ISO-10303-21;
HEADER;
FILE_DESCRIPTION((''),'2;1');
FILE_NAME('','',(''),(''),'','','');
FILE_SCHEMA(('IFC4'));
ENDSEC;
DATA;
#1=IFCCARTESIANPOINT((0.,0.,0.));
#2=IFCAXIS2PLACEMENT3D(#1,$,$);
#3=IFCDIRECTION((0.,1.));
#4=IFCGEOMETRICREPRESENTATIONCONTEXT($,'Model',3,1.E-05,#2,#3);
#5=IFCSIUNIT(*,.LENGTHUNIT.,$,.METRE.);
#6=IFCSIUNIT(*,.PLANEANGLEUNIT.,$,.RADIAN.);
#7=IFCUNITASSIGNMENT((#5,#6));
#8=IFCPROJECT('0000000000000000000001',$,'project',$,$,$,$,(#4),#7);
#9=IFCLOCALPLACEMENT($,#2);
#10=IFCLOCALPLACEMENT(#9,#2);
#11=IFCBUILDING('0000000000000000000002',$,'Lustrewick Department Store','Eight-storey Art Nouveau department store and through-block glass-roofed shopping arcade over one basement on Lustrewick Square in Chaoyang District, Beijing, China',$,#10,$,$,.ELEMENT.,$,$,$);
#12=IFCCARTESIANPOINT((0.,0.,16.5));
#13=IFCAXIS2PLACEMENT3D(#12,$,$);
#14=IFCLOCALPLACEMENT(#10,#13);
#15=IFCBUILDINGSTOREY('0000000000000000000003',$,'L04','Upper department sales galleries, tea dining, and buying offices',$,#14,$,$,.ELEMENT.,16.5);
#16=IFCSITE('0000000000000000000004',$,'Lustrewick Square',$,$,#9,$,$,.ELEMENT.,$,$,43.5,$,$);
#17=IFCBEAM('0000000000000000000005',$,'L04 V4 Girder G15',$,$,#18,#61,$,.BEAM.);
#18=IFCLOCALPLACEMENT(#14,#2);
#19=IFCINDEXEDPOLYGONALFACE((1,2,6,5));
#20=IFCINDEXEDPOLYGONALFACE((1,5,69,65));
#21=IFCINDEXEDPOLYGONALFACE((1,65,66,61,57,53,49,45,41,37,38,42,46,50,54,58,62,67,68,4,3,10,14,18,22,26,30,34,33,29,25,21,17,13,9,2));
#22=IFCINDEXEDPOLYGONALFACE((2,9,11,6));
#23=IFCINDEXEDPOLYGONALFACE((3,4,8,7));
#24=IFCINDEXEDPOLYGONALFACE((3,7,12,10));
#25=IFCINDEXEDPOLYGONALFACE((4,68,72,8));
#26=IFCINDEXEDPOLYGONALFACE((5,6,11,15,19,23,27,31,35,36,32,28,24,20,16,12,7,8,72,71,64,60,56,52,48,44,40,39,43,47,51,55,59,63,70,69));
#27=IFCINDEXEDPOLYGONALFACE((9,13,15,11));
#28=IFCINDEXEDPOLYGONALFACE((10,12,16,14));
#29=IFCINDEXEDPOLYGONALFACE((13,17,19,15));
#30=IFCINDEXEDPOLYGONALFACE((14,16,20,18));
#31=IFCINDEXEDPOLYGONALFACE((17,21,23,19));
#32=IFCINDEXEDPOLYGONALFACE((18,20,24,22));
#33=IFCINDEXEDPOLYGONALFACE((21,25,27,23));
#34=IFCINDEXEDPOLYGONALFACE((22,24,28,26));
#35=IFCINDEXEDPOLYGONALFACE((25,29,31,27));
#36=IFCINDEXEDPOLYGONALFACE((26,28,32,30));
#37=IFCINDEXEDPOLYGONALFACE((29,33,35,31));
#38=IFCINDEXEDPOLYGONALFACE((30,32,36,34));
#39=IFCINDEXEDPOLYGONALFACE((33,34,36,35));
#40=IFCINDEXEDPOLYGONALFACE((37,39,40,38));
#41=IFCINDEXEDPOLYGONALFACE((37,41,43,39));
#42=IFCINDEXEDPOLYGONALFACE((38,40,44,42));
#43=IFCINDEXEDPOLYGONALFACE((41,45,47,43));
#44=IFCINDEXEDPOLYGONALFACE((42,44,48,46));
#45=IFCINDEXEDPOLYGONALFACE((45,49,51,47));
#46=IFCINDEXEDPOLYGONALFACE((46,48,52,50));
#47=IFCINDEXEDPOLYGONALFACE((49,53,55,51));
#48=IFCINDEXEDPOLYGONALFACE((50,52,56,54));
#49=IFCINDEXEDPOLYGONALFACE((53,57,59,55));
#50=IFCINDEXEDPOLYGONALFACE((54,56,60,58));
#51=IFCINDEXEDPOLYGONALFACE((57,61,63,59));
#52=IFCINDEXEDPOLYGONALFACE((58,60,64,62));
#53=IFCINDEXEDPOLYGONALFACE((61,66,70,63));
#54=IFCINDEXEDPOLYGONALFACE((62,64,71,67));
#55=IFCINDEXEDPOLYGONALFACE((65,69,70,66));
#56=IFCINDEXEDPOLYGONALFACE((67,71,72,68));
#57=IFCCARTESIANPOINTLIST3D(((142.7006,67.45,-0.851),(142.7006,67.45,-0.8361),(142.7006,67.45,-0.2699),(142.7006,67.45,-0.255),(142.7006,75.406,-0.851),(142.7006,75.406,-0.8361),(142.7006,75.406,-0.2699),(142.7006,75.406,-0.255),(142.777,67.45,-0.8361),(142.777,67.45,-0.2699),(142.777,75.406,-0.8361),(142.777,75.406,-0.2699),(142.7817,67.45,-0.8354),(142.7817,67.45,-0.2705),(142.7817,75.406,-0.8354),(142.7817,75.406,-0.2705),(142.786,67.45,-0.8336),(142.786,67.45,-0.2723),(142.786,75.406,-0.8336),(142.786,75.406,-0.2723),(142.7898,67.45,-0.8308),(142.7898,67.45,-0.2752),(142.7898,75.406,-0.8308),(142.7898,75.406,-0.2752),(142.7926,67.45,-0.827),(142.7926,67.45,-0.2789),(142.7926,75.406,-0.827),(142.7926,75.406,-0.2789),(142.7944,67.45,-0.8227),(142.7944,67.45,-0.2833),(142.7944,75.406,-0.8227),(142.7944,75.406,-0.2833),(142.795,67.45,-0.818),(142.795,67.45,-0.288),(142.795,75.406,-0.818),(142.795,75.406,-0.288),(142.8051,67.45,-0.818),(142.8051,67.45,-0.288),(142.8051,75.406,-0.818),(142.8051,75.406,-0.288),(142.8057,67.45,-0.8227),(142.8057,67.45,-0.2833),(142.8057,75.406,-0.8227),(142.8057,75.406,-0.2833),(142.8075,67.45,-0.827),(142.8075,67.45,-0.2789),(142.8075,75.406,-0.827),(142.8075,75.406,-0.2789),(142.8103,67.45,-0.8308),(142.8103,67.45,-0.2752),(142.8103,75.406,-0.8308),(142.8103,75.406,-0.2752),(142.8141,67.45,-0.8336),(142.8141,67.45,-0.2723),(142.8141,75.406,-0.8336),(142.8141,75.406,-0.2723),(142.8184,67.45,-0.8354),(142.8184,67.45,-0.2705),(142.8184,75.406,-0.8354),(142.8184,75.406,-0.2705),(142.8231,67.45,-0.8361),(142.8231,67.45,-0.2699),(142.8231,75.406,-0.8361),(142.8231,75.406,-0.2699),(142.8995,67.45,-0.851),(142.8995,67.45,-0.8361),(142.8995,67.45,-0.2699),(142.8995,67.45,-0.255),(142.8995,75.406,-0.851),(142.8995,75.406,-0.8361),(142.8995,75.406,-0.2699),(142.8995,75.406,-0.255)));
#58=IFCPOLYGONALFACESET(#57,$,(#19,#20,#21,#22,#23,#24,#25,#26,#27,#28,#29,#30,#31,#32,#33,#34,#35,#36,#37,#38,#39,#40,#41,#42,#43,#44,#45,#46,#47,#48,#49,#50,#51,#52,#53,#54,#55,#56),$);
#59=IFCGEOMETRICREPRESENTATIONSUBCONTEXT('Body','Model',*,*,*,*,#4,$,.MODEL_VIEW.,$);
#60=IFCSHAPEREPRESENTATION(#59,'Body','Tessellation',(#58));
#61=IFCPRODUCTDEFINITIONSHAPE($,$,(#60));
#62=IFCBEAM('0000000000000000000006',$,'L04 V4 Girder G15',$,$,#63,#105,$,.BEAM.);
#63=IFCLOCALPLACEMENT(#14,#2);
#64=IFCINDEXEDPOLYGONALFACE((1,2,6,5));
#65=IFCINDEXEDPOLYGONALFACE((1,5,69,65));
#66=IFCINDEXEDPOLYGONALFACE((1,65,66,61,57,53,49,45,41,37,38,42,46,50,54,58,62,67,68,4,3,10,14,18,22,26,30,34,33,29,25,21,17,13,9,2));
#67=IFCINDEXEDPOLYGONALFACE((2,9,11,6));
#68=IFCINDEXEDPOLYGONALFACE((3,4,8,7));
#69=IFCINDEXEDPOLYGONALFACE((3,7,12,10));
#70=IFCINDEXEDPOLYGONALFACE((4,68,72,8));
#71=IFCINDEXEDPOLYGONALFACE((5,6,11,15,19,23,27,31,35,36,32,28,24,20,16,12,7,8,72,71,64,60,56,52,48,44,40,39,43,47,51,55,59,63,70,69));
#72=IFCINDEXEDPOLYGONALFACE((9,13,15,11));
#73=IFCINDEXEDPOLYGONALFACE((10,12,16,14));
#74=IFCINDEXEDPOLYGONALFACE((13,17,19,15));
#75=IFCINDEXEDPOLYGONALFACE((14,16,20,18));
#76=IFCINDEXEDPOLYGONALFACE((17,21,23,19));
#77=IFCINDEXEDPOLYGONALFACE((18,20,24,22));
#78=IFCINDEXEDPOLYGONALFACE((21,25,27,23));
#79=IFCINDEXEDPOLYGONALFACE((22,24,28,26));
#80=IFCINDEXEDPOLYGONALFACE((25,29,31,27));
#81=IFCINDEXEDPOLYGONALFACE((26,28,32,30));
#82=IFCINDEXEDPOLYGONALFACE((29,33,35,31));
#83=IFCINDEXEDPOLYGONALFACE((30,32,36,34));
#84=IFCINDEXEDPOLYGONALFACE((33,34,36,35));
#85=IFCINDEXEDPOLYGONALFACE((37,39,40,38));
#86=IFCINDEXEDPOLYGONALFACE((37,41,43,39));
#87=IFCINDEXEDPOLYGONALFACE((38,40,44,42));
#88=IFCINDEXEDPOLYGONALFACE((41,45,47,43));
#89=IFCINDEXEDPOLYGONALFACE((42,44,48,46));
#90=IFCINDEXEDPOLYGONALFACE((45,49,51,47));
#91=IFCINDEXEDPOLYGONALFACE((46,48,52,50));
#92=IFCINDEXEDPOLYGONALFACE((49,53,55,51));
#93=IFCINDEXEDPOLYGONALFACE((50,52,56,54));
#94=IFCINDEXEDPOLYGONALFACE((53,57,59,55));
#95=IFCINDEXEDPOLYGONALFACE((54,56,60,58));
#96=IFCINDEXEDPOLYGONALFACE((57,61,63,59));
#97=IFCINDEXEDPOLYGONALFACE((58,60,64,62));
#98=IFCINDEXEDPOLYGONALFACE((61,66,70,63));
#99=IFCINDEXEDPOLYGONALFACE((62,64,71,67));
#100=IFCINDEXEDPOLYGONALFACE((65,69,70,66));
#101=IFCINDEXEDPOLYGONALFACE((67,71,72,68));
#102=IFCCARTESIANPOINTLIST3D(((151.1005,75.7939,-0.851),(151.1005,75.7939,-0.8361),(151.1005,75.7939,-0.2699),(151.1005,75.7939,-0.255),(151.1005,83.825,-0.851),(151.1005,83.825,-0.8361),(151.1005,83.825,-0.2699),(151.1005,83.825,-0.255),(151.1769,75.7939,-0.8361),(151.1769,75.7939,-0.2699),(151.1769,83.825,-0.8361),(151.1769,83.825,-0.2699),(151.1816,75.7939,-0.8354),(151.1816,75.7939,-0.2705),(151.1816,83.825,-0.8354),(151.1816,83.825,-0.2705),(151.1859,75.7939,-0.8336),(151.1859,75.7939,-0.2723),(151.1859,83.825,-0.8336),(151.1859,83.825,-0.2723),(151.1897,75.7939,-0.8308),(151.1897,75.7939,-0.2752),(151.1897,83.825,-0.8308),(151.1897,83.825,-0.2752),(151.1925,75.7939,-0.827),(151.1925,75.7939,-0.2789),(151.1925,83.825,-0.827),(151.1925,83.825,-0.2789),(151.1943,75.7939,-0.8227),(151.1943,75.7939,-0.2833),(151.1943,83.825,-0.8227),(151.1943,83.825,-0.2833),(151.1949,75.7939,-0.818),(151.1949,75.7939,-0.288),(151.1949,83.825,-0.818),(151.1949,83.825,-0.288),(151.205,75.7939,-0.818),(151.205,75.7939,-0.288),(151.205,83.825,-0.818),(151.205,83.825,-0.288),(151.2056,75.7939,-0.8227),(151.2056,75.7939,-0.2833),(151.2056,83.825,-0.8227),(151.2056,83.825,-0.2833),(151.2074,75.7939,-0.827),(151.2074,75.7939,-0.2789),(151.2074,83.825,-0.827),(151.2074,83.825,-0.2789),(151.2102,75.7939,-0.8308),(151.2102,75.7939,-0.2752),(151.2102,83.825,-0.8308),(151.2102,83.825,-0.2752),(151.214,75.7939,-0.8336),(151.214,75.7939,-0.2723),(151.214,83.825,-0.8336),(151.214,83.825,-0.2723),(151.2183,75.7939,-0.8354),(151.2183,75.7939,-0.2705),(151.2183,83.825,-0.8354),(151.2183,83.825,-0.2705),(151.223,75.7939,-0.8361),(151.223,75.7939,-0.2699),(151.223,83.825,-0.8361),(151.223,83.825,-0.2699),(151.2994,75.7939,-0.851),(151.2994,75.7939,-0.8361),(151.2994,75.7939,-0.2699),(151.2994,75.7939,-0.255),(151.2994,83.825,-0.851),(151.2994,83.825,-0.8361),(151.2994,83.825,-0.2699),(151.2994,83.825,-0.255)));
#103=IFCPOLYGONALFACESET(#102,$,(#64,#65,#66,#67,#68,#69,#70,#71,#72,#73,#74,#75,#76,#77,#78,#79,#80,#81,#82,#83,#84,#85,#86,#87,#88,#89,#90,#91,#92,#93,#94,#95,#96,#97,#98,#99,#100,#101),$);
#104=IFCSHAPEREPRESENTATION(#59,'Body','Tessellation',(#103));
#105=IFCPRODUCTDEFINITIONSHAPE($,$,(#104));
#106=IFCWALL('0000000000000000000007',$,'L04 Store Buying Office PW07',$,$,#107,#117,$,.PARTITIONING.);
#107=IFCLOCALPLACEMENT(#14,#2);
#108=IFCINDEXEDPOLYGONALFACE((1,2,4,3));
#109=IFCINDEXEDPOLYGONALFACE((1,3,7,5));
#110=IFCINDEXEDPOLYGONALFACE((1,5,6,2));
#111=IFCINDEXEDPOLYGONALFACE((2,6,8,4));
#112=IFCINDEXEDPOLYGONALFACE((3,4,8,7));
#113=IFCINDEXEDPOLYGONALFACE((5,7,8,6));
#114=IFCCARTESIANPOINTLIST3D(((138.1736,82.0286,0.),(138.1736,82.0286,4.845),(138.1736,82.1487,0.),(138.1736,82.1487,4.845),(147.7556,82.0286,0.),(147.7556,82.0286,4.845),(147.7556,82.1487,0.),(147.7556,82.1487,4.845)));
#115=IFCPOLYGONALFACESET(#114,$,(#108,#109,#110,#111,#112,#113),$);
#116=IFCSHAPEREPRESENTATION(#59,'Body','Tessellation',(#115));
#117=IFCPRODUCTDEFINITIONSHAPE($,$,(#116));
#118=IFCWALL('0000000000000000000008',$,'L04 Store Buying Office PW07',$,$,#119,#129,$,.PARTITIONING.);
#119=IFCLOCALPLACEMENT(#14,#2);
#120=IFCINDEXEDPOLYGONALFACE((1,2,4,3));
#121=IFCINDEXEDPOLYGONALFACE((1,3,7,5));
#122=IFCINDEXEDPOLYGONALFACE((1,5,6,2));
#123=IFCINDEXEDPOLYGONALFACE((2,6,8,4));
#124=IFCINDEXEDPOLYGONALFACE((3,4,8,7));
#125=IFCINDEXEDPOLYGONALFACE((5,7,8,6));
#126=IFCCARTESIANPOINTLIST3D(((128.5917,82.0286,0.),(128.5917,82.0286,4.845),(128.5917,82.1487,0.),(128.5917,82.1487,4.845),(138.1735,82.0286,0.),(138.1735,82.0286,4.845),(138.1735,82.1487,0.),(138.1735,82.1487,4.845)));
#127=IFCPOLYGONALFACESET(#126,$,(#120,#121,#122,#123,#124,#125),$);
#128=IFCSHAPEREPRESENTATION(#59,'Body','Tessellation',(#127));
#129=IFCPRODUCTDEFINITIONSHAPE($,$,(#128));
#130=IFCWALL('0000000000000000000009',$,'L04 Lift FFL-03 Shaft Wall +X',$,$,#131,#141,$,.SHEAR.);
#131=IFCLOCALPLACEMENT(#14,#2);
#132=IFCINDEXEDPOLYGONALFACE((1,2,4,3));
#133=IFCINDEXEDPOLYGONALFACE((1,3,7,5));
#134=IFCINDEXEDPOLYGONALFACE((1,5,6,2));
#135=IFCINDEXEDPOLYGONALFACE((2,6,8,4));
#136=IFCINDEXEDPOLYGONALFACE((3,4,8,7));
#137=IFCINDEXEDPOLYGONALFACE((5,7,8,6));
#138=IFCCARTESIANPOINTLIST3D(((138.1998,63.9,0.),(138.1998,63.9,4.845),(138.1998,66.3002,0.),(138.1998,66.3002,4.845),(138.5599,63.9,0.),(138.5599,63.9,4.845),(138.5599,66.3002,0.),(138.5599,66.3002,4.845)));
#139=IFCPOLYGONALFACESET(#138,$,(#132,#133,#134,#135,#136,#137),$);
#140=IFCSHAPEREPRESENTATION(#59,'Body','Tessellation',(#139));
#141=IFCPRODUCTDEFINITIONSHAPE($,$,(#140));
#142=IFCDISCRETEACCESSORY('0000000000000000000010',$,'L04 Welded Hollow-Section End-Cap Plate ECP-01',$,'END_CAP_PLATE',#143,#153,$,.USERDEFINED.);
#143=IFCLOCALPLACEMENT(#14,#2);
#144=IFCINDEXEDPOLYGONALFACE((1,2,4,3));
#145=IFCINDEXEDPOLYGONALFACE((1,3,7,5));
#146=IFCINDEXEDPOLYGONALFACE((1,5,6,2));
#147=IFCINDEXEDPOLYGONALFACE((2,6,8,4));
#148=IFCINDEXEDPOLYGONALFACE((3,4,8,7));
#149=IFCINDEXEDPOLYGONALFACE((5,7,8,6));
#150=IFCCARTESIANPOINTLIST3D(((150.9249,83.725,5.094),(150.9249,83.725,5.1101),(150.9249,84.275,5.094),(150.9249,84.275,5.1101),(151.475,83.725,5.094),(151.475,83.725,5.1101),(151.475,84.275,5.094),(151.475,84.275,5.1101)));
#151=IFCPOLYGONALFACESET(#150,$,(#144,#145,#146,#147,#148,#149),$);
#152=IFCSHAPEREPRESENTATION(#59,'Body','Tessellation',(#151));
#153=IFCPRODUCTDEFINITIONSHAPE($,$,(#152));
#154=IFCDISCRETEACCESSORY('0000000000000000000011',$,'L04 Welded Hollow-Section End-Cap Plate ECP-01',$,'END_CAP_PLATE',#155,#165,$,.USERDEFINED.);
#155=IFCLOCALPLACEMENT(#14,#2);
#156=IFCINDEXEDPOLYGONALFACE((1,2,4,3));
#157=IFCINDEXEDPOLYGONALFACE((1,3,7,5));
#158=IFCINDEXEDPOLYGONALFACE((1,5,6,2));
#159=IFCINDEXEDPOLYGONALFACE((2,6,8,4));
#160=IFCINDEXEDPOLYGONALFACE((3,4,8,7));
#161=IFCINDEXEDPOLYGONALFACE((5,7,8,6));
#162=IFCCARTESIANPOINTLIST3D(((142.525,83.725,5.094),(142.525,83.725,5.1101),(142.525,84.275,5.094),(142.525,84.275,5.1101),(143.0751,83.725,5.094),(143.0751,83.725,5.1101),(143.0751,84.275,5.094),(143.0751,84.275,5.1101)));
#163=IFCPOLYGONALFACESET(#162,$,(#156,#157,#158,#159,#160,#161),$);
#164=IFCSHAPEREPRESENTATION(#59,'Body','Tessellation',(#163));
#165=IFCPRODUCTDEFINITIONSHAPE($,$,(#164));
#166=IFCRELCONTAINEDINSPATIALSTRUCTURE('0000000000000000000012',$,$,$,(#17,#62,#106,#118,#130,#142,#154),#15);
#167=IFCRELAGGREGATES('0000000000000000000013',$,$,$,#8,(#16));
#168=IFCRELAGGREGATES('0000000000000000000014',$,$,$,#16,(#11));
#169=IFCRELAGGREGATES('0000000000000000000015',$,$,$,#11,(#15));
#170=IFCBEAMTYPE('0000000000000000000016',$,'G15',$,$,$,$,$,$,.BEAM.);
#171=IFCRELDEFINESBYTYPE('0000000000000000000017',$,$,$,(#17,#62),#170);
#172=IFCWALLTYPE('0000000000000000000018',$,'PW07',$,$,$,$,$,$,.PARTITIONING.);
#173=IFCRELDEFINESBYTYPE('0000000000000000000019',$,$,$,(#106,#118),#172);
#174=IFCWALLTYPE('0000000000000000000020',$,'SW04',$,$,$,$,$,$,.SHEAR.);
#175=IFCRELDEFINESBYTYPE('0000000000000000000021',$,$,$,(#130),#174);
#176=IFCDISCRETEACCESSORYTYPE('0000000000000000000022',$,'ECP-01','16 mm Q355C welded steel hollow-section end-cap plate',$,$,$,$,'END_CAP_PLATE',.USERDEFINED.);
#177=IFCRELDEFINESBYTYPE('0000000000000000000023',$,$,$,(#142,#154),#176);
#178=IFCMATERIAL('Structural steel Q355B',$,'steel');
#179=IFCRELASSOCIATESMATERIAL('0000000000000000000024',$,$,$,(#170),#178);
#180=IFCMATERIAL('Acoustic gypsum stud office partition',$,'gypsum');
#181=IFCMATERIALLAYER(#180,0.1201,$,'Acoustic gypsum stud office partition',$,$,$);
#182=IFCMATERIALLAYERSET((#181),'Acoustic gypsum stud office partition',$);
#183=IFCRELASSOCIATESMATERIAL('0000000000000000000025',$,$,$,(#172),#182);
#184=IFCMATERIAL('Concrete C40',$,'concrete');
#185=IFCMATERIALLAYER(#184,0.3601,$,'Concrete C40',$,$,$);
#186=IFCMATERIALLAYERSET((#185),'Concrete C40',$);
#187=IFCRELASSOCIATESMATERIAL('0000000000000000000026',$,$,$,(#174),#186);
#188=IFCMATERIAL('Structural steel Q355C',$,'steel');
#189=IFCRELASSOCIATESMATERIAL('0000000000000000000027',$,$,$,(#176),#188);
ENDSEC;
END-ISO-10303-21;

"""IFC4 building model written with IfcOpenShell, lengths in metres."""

from ifc_helpers import new_model, si_unit, direction, frame, frame_2d, origin, origin_2d, place, context, subcontext, project, spatial, rectangle, i_section, extrude, material, layer, layer_set, material_profile, profile_set, type_object, element, save


model = new_model("IFC4")

# Units and contexts
model_context = context("Model", 3, precision=1e-05, world=origin(), true_north=direction((0.0, 1.0)))
body_context = subcontext(model_context, "Body", "Model", "MODEL_VIEW")
ifc_project = project(units=[si_unit("LENGTHUNIT", "METRE"), si_unit("PLANEANGLEUNIT", "RADIAN")], contexts=[model_context])

# Site, building, storey
site_placement = place(None, origin())
site = spatial("IfcSite", under=ifc_project, at=site_placement, Name="Lustrewick Square", CompositionType="ELEMENT", RefElevation=43.5)
building_placement = place(site_placement, origin())
building = spatial("IfcBuilding", under=site, at=building_placement, Name="Lustrewick Department Store", Description="Eight-storey Art Nouveau department store and through-block glass-roofed shopping arcade over one basement on Lustrewick Square in Chaoyang District, Beijing, China", CompositionType="ELEMENT")
storey_placement = place(building_placement, frame((0.0, 0.0, 16.5)))
storey = spatial("IfcBuildingStorey", under=building, at=storey_placement, Name="L04", Description="Upper department sales galleries, tea dining, and buying offices", CompositionType="ELEMENT", Elevation=16.5)

# Shared definitions
ifc_material_1 = material(Name="Structural steel Q355C", Category="steel")
ifc_material_2 = material(Name="Structural steel Q355B", Category="steel")

# Beams
ifc_material_profile_1 = material_profile(ifc_material_2, i_section(OverallWidth=0.199, OverallDepth=0.5959, WebThickness=0.01, FlangeThickness=0.0149, FilletRadius=0.0181, at=origin_2d()), Name="HN 596x199x10x15")
ifc_profile_set_1 = profile_set([ifc_material_profile_1], Name="Structural steel Q355B")
beam_type_1 = type_object("IfcBeamType", Name="G15", PredefinedType="BEAM", material=ifc_profile_set_1)
beam_1_placement = place(storey_placement, frame((142.8, 67.45, -0.553), z_axis=(0.0, 1.0, 0.0), x_axis=(-1.0, 0.0, 0.0)))
element("IfcBeam", 1, at=beam_1_placement, inside=storey, type_object=beam_type_1, Name="L04 V4 Girder G15", PredefinedType="BEAM", context=body_context, shape_type="SweptSolid", body=[
    extrude(i_section(OverallWidth=0.199, OverallDepth=0.5959, WebThickness=0.01, FlangeThickness=0.0149, FilletRadius=0.0181, at=origin_2d()), origin(), (0.0, 0.0, 1.0), 7.9561),
])
beam_2_placement = place(storey_placement, frame((151.2, 75.7939, -0.553), z_axis=(0.0, 1.0, 0.0), x_axis=(-1.0, 0.0, 0.0)))
element("IfcBeam", 2, at=beam_2_placement, inside=storey, type_object=beam_type_1, Name="L04 V4 Girder G15", PredefinedType="BEAM", context=body_context, shape_type="SweptSolid", body=[
    extrude(i_section(OverallWidth=0.199, OverallDepth=0.5959, WebThickness=0.01, FlangeThickness=0.0149, FilletRadius=0.0181, at=origin_2d()), origin(), (0.0, 0.0, 1.0), 8.031),
])

# Walls
ifc_material_3 = material(Name="Acoustic gypsum stud office partition", Category="gypsum")
ifc_layer_1 = layer(ifc_material_3, 0.1201, Name="Acoustic gypsum stud office partition")
ifc_layer_set_1 = layer_set([ifc_layer_1], Name="Acoustic gypsum stud office partition")
wall_type_1 = type_object("IfcWallType", Name="PW07", PredefinedType="PARTITIONING", material=ifc_layer_set_1)
wall_1_placement = place(storey_placement, frame((147.7556, 82.0886, 0.0), z_axis=(0.0, 0.0, 1.0), x_axis=(-1.0, 0.0, 0.0)))
element("IfcWall", 3, at=wall_1_placement, inside=storey, type_object=wall_type_1, Name="L04 Store Buying Office PW07", PredefinedType="PARTITIONING", context=body_context, shape_type="SweptSolid", body=[
    extrude(rectangle(XDim=9.582, YDim=0.1201, at=frame_2d((4.791, 0.0))), origin(), (0.0, 0.0, 1.0), 4.845),
])
wall_2_placement = place(storey_placement, frame((138.1736, 82.0886, 0.0), z_axis=(0.0, 0.0, 1.0), x_axis=(-1.0, 0.0, 0.0)))
element("IfcWall", 4, at=wall_2_placement, inside=storey, type_object=wall_type_1, Name="L04 Store Buying Office PW07", PredefinedType="PARTITIONING", context=body_context, shape_type="SweptSolid", body=[
    extrude(rectangle(XDim=9.5818, YDim=0.1201, at=frame_2d((4.791, 0.0))), origin(), (0.0, 0.0, 1.0), 4.845),
])
ifc_material_4 = material(Name="Concrete C40", Category="concrete")
ifc_layer_2 = layer(ifc_material_4, 0.3601, Name="Concrete C40")
ifc_layer_set_2 = layer_set([ifc_layer_2], Name="Concrete C40")
wall_type_2 = type_object("IfcWallType", Name="SW04", PredefinedType="SHEAR", material=ifc_layer_set_2)
wall_3_placement = place(storey_placement, frame((138.3799, 63.8999, 0.0), z_axis=(0.0, 0.0, 1.0), x_axis=(0.0, 1.0, 0.0)))
element("IfcWall", 5, at=wall_3_placement, inside=storey, type_object=wall_type_2, Name="L04 Lift FFL-03 Shaft Wall +X", PredefinedType="SHEAR", context=body_context, shape_type="SweptSolid", body=[
    extrude(rectangle(XDim=2.4001, YDim=0.3601, at=frame_2d((1.2002, 0.0))), origin(), (0.0, 0.0, 1.0), 4.845),
])

# Discrete accessories
discrete_accessory_type = type_object("IfcDiscreteAccessoryType", Name="ECP-01", Description="16 mm Q355C welded steel hollow-section end-cap plate", ElementType="END_CAP_PLATE", PredefinedType="USERDEFINED", material=ifc_material_1)
for number, where, z_axis, x_axis, name in (
    (6, (151.2, 84.0, 5.094), (0.0, 0.0, 1.0), (1.0, 0.0, 0.0), "L04 Welded Hollow-Section End-Cap Plate ECP-01"),
    (7, (142.8, 84.0, 5.094), (0.0, 0.0, 1.0), (1.0, 0.0, 0.0), "L04 Welded Hollow-Section End-Cap Plate ECP-01"),
):
    element("IfcDiscreteAccessory", number, at=place(storey_placement, frame(where, z_axis=z_axis, x_axis=x_axis)), inside=storey, type_object=discrete_accessory_type, Name=name, ObjectType="END_CAP_PLATE", PredefinedType="USERDEFINED", context=body_context, shape_type="SweptSolid", body=[
        extrude(rectangle(XDim=0.55, YDim=0.55, at=origin_2d()), origin(), (0.0, 0.0, 1.0), 0.0161),
    ])

save(model, "model.ifc")
